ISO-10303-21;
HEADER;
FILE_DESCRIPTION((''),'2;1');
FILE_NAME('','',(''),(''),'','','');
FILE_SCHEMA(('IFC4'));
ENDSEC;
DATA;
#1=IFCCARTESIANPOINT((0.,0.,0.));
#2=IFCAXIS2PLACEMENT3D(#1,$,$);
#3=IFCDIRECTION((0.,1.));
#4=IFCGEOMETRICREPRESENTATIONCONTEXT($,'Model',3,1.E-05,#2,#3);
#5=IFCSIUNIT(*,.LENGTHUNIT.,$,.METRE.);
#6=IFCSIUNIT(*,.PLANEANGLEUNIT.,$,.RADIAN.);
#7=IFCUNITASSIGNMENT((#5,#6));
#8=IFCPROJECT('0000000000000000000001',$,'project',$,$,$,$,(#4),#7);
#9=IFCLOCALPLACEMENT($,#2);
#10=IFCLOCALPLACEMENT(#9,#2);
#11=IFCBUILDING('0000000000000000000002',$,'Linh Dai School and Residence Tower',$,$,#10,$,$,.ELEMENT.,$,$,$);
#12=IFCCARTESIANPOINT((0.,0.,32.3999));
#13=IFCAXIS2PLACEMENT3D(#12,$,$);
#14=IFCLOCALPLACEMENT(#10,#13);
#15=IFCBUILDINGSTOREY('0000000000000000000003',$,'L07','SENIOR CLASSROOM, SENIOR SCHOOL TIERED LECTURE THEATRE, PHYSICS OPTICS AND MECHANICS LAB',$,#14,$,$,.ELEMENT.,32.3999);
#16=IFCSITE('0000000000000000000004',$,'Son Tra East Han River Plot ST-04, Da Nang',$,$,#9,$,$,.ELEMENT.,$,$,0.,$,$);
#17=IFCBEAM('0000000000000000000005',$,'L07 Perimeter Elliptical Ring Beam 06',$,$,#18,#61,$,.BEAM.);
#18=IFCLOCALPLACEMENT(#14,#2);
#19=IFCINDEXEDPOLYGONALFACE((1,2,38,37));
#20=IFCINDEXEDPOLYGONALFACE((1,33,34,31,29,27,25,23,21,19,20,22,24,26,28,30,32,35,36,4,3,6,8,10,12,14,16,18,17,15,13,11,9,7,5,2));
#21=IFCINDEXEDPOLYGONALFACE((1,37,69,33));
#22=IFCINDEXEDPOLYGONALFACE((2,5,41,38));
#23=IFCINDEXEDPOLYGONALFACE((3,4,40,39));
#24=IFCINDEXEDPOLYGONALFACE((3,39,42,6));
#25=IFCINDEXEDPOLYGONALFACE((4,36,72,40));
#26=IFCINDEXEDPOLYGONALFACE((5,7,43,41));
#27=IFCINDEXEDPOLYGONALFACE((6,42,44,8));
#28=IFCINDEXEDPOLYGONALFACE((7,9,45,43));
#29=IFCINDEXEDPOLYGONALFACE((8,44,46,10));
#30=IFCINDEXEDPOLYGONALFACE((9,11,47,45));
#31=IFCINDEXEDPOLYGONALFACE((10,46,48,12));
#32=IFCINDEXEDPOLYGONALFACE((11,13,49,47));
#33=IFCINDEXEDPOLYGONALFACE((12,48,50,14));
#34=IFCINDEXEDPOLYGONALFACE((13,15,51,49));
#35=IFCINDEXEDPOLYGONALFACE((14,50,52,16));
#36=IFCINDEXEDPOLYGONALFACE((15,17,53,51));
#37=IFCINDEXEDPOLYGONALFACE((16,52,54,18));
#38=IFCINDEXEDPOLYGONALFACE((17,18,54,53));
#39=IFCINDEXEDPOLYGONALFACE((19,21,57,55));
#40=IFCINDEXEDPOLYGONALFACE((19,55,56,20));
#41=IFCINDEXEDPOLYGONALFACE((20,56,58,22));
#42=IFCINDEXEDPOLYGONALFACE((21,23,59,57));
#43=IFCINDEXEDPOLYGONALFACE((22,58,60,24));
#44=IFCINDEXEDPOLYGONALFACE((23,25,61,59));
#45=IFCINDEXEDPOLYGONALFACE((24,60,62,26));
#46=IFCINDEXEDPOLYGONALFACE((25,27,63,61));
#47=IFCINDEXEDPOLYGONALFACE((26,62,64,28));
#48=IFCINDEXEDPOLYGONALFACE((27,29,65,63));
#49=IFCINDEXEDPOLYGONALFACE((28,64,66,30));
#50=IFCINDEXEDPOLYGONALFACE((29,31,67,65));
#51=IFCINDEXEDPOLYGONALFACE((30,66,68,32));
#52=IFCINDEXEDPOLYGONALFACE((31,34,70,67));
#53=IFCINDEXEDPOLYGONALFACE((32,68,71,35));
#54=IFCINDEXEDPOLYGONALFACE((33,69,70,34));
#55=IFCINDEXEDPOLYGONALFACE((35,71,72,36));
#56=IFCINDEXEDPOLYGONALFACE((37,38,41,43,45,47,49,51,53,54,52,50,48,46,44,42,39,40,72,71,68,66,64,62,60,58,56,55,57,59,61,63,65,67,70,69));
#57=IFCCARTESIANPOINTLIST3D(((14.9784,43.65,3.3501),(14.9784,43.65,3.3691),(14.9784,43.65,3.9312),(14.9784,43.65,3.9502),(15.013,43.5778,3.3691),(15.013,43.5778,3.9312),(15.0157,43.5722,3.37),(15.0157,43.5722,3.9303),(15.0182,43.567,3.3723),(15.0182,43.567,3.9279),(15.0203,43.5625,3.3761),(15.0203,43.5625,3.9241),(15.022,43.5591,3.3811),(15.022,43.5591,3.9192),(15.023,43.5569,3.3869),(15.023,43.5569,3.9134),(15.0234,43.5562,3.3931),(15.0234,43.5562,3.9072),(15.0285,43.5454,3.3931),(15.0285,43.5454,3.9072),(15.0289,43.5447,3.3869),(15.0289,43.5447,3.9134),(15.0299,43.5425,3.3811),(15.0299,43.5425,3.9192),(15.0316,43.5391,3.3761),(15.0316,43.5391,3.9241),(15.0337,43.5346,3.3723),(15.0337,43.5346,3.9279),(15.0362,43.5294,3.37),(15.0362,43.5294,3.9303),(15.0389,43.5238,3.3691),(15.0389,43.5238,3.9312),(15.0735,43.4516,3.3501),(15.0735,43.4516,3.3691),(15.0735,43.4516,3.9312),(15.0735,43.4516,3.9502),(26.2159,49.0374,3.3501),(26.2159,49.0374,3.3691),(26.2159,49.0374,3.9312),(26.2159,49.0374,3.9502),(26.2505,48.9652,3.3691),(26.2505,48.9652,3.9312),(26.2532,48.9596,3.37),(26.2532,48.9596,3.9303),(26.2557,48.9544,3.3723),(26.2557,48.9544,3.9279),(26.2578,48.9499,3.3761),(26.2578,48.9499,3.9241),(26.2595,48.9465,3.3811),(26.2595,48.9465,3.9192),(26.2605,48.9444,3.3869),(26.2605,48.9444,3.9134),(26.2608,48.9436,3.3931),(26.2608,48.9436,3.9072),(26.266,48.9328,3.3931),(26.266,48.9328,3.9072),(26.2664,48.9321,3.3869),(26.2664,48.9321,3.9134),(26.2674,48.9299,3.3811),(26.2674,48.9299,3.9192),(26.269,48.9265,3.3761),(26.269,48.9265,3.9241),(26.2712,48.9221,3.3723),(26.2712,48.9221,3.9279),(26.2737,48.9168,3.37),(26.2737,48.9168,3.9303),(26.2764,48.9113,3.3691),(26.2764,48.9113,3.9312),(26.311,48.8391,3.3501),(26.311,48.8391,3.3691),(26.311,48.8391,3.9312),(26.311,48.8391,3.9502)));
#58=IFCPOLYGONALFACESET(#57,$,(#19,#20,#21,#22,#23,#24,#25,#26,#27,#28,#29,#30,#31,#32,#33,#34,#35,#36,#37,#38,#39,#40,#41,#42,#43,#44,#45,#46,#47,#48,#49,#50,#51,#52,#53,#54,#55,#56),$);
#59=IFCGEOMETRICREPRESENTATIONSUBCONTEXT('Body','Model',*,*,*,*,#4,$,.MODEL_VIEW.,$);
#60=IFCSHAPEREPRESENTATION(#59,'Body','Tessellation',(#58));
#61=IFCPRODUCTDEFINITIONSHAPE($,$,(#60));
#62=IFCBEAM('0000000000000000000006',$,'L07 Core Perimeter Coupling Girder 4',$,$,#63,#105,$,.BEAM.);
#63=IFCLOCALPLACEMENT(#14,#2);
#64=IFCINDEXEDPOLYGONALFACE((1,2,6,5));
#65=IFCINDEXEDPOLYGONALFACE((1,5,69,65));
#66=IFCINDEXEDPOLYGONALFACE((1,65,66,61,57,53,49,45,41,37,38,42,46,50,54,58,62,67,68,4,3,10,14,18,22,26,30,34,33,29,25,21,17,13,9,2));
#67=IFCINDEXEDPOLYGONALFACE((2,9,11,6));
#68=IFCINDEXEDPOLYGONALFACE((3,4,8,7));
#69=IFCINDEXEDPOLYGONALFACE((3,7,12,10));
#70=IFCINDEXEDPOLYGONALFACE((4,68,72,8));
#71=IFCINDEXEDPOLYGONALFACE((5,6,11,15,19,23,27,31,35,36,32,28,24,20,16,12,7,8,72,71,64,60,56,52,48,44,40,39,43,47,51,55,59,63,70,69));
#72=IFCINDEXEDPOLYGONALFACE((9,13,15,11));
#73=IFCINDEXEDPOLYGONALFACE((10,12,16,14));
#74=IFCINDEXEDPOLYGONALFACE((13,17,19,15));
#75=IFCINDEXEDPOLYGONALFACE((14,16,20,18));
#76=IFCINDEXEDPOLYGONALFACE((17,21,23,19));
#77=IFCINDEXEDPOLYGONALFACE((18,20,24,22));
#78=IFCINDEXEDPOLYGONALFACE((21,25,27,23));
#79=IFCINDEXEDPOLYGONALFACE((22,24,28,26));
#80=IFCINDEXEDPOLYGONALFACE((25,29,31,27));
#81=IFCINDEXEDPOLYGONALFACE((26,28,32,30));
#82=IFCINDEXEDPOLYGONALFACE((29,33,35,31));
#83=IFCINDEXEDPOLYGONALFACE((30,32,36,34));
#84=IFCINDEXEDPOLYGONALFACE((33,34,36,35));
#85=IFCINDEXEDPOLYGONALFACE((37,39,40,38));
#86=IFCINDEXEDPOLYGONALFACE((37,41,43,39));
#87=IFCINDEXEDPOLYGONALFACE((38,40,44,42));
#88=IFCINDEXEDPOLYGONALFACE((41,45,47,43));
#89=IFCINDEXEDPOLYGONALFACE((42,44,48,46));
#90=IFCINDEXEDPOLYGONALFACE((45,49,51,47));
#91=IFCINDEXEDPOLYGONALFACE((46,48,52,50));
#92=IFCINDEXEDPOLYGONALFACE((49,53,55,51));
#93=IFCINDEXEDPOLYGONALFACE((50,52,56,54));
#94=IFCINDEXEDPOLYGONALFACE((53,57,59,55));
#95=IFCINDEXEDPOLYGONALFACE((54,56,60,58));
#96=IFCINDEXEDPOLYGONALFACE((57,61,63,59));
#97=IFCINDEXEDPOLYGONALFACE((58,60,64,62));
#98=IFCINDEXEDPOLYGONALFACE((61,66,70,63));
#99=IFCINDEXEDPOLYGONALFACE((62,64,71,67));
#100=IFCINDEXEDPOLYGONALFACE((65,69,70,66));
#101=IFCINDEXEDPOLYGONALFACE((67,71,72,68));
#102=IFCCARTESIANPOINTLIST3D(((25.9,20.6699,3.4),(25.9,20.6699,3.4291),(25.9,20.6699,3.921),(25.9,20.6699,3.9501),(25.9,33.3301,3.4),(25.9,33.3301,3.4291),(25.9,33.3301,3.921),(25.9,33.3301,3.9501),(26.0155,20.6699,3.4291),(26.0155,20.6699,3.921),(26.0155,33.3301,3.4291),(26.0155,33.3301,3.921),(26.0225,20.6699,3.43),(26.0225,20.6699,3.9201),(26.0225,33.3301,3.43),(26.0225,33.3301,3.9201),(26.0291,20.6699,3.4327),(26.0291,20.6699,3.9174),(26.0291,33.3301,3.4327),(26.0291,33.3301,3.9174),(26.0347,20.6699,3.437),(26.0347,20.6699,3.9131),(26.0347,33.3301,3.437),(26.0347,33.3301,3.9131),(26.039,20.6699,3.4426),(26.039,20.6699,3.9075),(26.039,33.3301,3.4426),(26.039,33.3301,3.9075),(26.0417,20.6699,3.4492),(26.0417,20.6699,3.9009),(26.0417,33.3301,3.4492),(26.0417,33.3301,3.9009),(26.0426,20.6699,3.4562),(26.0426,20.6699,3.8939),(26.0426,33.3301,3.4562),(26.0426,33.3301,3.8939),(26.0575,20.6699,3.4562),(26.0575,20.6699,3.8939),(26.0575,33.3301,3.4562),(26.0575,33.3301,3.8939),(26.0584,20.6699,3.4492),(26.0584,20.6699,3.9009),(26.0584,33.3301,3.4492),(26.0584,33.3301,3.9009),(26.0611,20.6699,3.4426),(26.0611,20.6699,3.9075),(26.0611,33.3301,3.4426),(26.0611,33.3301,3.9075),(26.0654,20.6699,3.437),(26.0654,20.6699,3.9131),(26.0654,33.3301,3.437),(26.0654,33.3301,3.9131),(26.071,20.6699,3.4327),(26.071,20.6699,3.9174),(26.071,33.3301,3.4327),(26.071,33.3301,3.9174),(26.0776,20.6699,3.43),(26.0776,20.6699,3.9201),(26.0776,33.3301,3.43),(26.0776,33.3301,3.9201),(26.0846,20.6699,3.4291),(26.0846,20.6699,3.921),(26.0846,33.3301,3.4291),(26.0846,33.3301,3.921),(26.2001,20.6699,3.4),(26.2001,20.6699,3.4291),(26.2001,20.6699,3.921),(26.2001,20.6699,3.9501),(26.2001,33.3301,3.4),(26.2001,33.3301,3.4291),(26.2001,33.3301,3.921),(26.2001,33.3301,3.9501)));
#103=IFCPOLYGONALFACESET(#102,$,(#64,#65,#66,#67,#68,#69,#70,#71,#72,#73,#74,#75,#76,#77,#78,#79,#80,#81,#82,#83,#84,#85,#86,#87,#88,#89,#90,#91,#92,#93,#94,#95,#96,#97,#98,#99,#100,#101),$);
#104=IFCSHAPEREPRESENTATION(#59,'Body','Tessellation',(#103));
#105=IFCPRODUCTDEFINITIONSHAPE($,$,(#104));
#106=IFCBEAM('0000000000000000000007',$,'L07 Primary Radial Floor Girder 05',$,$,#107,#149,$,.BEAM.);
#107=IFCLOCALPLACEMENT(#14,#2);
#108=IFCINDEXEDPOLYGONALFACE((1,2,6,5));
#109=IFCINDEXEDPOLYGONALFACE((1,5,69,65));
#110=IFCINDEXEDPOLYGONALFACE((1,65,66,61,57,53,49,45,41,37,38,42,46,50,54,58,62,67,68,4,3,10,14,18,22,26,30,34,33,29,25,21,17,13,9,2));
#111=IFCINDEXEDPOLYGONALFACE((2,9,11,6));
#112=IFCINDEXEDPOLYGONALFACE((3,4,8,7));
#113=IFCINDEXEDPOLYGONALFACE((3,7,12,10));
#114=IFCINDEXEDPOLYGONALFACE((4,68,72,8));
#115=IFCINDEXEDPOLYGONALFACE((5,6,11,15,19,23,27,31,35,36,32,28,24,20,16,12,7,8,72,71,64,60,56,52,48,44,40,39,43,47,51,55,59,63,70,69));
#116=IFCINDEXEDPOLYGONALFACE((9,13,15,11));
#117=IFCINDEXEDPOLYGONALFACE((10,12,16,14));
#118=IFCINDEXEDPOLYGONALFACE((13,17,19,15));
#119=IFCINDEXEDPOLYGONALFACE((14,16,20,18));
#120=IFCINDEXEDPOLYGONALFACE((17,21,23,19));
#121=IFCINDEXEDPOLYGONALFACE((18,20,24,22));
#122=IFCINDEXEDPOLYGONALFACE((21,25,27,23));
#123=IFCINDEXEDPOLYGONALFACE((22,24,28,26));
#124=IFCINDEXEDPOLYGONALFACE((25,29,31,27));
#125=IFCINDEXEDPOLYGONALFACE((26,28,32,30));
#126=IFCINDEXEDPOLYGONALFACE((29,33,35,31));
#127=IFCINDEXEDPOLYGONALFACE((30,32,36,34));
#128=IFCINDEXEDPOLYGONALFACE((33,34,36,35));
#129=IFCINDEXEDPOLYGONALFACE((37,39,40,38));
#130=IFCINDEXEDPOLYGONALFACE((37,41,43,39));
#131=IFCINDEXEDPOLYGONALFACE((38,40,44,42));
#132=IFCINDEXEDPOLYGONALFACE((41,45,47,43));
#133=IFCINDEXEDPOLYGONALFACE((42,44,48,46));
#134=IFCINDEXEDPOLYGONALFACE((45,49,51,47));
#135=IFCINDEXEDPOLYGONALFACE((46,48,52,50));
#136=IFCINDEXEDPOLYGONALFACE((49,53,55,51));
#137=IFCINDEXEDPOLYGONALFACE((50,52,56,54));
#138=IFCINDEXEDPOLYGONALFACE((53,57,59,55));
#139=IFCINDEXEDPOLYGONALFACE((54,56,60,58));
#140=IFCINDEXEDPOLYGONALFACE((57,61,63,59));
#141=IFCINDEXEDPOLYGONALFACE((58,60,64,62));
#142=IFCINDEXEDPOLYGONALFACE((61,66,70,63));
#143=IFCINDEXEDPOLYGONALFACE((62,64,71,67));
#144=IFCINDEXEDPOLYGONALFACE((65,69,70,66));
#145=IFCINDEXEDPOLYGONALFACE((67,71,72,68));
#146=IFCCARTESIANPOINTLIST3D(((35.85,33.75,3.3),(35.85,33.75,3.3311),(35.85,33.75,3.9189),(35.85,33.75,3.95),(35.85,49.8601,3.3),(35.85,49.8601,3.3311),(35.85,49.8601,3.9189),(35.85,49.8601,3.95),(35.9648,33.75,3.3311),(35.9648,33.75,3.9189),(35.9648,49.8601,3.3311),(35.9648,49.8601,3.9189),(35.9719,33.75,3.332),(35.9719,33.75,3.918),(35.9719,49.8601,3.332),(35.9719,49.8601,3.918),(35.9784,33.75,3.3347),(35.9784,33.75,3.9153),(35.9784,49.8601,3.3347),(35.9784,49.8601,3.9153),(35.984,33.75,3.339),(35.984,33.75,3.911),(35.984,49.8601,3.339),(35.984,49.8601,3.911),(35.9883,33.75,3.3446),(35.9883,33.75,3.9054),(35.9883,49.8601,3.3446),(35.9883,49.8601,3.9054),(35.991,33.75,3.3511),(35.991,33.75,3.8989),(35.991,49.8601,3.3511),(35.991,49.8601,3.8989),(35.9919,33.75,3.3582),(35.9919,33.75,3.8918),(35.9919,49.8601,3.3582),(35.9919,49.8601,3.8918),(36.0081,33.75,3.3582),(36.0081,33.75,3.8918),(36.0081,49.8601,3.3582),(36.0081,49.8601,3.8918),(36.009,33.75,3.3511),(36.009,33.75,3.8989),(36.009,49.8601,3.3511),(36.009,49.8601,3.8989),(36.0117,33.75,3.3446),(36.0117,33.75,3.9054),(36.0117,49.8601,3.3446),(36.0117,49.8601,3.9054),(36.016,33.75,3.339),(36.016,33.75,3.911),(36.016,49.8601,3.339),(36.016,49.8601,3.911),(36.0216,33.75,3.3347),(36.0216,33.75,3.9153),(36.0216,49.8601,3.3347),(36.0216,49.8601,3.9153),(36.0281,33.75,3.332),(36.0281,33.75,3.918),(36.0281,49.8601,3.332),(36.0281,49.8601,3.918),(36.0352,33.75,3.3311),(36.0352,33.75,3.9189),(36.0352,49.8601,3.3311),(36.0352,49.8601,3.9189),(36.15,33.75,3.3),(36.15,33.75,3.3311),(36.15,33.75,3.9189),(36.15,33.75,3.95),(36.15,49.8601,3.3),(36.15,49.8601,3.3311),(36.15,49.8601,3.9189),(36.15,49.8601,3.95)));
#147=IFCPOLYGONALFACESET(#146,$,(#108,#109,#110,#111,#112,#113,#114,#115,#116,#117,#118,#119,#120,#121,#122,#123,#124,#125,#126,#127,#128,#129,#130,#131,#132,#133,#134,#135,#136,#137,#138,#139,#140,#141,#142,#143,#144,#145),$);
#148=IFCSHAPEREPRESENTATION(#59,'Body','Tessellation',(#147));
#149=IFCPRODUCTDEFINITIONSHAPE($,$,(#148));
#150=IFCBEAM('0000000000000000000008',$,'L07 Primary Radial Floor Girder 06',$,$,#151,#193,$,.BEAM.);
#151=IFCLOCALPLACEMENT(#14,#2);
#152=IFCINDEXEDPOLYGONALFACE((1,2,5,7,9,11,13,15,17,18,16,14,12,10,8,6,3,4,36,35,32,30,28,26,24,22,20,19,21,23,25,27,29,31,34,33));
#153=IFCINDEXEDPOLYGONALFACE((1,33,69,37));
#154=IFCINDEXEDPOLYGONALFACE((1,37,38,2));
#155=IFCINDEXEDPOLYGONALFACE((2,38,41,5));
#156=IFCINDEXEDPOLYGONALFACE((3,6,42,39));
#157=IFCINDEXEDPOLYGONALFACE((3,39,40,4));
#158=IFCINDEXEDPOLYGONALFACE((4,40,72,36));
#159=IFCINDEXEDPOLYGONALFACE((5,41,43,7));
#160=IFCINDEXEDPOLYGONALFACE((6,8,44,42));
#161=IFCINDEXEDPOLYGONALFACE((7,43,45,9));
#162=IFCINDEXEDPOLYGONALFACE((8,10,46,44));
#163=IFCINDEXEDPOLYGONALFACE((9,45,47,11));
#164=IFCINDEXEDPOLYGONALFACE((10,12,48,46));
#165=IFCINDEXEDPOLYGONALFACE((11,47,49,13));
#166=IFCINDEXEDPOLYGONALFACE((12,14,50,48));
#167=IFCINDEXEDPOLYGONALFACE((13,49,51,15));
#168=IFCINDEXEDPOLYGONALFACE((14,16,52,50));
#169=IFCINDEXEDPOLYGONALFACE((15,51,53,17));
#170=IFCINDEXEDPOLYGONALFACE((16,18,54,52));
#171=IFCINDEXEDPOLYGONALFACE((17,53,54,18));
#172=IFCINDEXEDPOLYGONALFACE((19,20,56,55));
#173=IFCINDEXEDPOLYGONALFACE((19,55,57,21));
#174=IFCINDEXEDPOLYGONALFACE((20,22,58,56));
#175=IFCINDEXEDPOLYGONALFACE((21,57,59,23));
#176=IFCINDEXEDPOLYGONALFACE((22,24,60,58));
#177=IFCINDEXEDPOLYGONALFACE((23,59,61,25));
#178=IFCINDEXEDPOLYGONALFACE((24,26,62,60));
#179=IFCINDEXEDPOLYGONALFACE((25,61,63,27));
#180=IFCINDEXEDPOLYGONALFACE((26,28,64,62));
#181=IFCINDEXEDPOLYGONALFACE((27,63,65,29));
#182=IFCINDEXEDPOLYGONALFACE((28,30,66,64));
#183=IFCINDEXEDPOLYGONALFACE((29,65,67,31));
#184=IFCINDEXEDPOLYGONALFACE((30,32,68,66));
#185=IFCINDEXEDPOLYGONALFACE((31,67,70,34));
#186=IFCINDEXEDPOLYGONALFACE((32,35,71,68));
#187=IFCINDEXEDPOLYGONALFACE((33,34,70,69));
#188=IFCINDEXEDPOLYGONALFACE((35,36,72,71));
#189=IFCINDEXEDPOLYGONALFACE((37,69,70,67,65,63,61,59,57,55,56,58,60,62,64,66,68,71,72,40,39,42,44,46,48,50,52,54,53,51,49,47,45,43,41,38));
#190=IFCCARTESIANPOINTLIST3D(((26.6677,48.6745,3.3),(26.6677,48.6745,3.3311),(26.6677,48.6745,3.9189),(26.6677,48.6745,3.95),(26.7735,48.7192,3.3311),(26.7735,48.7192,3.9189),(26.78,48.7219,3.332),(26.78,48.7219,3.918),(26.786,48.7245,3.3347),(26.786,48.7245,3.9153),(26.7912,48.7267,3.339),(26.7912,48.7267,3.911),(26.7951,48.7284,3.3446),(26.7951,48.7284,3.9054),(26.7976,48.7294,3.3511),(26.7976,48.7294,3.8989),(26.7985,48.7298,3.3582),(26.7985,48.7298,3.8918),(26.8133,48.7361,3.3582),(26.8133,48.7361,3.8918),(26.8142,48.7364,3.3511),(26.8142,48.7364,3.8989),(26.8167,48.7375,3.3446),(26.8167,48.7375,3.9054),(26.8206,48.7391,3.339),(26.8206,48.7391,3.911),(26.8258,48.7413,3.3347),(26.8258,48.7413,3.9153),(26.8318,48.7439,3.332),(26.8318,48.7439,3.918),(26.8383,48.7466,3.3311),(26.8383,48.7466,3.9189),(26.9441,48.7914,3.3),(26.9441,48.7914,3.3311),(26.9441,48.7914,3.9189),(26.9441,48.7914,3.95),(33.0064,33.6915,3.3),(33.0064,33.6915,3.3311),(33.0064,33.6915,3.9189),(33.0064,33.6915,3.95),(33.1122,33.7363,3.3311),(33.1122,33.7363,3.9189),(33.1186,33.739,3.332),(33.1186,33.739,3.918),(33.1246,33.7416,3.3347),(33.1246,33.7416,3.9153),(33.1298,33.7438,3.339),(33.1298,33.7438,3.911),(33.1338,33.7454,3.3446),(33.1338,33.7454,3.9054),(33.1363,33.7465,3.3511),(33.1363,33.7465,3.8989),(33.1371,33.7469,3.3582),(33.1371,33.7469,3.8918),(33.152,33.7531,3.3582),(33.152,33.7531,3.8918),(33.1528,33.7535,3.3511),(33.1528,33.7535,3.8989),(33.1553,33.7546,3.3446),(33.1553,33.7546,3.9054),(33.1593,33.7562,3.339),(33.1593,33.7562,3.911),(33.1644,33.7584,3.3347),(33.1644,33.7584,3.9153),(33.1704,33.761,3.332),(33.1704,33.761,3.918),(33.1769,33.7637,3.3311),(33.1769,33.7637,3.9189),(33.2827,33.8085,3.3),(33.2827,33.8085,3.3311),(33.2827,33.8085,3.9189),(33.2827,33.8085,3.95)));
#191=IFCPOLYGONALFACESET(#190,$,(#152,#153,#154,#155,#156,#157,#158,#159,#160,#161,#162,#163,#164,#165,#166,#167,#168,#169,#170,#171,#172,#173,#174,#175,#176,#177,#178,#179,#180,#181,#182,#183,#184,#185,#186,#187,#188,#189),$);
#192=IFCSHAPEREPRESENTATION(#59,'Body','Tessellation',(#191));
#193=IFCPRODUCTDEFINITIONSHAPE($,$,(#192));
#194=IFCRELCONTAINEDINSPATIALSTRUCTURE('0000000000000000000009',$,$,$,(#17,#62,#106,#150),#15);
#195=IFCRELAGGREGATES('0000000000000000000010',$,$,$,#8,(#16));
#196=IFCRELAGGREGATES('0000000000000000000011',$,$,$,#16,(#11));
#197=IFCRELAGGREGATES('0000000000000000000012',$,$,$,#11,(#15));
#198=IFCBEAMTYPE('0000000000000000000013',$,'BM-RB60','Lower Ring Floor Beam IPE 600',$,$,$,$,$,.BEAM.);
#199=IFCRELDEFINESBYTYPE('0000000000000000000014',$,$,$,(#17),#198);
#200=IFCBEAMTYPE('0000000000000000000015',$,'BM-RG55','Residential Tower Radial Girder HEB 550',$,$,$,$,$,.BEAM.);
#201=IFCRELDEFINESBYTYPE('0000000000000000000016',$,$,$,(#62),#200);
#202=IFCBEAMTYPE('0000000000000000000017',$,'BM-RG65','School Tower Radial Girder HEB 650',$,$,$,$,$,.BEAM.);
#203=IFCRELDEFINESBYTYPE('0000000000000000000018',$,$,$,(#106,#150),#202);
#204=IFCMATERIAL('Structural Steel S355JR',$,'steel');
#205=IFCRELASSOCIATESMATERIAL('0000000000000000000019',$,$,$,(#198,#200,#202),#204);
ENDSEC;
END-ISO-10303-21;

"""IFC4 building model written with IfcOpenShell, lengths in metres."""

from ifc_helpers import new_model, si_unit, direction, frame, origin, origin_2d, place, context, subcontext, project, spatial, i_section, extrude, material, material_profile, profile_set, type_object, element, save


model = new_model("IFC4")

# Units and contexts
model_context = context("Model", 3, precision=1e-05, world=origin(), true_north=direction((0.0, 1.0)))
body_context = subcontext(model_context, "Body", "Model", "MODEL_VIEW")
ifc_project = project(units=[si_unit("LENGTHUNIT", "METRE"), si_unit("PLANEANGLEUNIT", "RADIAN")], contexts=[model_context])

# Site, building, storey
site_placement = place(None, origin())
site = spatial("IfcSite", under=ifc_project, at=site_placement, Name="Son Tra East Han River Plot ST-04, Da Nang", CompositionType="ELEMENT", RefElevation=0.0)
building_placement = place(site_placement, origin())
building = spatial("IfcBuilding", under=site, at=building_placement, Name="Linh Dai School and Residence Tower", CompositionType="ELEMENT")
storey_placement = place(building_placement, frame((0.0, 0.0, 32.3999)))
storey = spatial("IfcBuildingStorey", under=building, at=storey_placement, Name="L07", Description="SENIOR CLASSROOM, SENIOR SCHOOL TIERED LECTURE THEATRE, PHYSICS OPTICS AND MECHANICS LAB", CompositionType="ELEMENT", Elevation=32.3999)

# Shared definitions
ifc_material_1 = material(Name="Structural Steel S355JR", Category="steel")

# Beams
ifc_material_profile_1 = material_profile(ifc_material_1, i_section(OverallWidth=0.22, OverallDepth=0.6001, WebThickness=0.012, FlangeThickness=0.019, FilletRadius=0.0239, at=origin_2d()), Name="IPE 600")
ifc_profile_set_1 = profile_set([ifc_material_profile_1], Name="Structural Steel S355JR")
beam_type_1 = type_object("IfcBeamType", Name="BM-RB60", Description="Lower Ring Floor Beam IPE 600", PredefinedType="BEAM", material=ifc_profile_set_1)
beam_1_placement = place(storey_placement, frame((26.2634, 48.9382, 3.6501), z_axis=(-0.901729, -0.432302, 0.0), x_axis=(0.432302, -0.901729, 0.0)))
element("IfcBeam", 1, at=beam_1_placement, inside=storey, type_object=beam_type_1, Name="L07 Perimeter Elliptical Ring Beam 06", PredefinedType="BEAM", context=body_context, shape_type="SweptSolid", body=[
    extrude(i_section(OverallWidth=0.22, OverallDepth=0.6001, WebThickness=0.012, FlangeThickness=0.019, FilletRadius=0.0239, at=origin_2d()), origin(), (0.0, 0.0, 1.0), 12.4622),
])
ifc_material_profile_2 = material_profile(ifc_material_1, i_section(OverallWidth=0.3, OverallDepth=0.55, WebThickness=0.0149, FlangeThickness=0.0291, FilletRadius=0.0271, at=origin_2d()), Name="HEB 550")
ifc_profile_set_2 = profile_set([ifc_material_profile_2], Name="Structural Steel S355JR")
beam_type_2 = type_object("IfcBeamType", Name="BM-RG55", Description="Residential Tower Radial Girder HEB 550", PredefinedType="BEAM", material=ifc_profile_set_2)
beam_2_placement = place(storey_placement, frame((26.05, 33.3301, 3.675), z_axis=(0.0, -1.0, 0.0), x_axis=(1.0, 0.0, 0.0)))
element("IfcBeam", 2, at=beam_2_placement, inside=storey, type_object=beam_type_2, Name="L07 Core Perimeter Coupling Girder 4", PredefinedType="BEAM", context=body_context, shape_type="SweptSolid", body=[
    extrude(i_section(OverallWidth=0.3, OverallDepth=0.55, WebThickness=0.0149, FlangeThickness=0.0291, FilletRadius=0.0271, at=origin_2d()), origin(), (0.0, 0.0, 1.0), 12.6602),
])
ifc_material_profile_3 = material_profile(ifc_material_1, i_section(OverallWidth=0.3, OverallDepth=0.6499, WebThickness=0.0161, FlangeThickness=0.031, FilletRadius=0.0271, at=origin_2d()), Name="HEB 650")
ifc_profile_set_3 = profile_set([ifc_material_profile_3], Name="Structural Steel S355JR")
beam_type_3 = type_object("IfcBeamType", Name="BM-RG65", Description="School Tower Radial Girder HEB 650", PredefinedType="BEAM", material=ifc_profile_set_3)
beam_3_placement = place(storey_placement, frame((36.0, 33.75, 3.625), z_axis=(0.0, 1.0, 0.0), x_axis=(-1.0, 0.0, 0.0)))
element("IfcBeam", 3, at=beam_3_placement, inside=storey, type_object=beam_type_3, Name="L07 Primary Radial Floor Girder 05", PredefinedType="BEAM", context=body_context, shape_type="SweptSolid", body=[
    extrude(i_section(OverallWidth=0.3, OverallDepth=0.6499, WebThickness=0.0161, FlangeThickness=0.031, FilletRadius=0.0271, at=origin_2d()), origin(), (0.0, 0.0, 1.0), 16.1101),
])
beam_4_placement = place(storey_placement, frame((33.1445, 33.75, 3.625), z_axis=(-0.389624, 0.920974, 0.0), x_axis=(-0.920974, -0.389624, 0.0)))
element("IfcBeam", 4, at=beam_4_placement, inside=storey, type_object=beam_type_3, Name="L07 Primary Radial Floor Girder 06", PredefinedType="BEAM", context=body_context, shape_type="SweptSolid", body=[
    extrude(i_section(OverallWidth=0.3, OverallDepth=0.6499, WebThickness=0.0161, FlangeThickness=0.031, FilletRadius=0.0271, at=origin_2d()), origin(), (0.0, 0.0, 1.0), 16.2686),
])

save(model, "model.ifc")
